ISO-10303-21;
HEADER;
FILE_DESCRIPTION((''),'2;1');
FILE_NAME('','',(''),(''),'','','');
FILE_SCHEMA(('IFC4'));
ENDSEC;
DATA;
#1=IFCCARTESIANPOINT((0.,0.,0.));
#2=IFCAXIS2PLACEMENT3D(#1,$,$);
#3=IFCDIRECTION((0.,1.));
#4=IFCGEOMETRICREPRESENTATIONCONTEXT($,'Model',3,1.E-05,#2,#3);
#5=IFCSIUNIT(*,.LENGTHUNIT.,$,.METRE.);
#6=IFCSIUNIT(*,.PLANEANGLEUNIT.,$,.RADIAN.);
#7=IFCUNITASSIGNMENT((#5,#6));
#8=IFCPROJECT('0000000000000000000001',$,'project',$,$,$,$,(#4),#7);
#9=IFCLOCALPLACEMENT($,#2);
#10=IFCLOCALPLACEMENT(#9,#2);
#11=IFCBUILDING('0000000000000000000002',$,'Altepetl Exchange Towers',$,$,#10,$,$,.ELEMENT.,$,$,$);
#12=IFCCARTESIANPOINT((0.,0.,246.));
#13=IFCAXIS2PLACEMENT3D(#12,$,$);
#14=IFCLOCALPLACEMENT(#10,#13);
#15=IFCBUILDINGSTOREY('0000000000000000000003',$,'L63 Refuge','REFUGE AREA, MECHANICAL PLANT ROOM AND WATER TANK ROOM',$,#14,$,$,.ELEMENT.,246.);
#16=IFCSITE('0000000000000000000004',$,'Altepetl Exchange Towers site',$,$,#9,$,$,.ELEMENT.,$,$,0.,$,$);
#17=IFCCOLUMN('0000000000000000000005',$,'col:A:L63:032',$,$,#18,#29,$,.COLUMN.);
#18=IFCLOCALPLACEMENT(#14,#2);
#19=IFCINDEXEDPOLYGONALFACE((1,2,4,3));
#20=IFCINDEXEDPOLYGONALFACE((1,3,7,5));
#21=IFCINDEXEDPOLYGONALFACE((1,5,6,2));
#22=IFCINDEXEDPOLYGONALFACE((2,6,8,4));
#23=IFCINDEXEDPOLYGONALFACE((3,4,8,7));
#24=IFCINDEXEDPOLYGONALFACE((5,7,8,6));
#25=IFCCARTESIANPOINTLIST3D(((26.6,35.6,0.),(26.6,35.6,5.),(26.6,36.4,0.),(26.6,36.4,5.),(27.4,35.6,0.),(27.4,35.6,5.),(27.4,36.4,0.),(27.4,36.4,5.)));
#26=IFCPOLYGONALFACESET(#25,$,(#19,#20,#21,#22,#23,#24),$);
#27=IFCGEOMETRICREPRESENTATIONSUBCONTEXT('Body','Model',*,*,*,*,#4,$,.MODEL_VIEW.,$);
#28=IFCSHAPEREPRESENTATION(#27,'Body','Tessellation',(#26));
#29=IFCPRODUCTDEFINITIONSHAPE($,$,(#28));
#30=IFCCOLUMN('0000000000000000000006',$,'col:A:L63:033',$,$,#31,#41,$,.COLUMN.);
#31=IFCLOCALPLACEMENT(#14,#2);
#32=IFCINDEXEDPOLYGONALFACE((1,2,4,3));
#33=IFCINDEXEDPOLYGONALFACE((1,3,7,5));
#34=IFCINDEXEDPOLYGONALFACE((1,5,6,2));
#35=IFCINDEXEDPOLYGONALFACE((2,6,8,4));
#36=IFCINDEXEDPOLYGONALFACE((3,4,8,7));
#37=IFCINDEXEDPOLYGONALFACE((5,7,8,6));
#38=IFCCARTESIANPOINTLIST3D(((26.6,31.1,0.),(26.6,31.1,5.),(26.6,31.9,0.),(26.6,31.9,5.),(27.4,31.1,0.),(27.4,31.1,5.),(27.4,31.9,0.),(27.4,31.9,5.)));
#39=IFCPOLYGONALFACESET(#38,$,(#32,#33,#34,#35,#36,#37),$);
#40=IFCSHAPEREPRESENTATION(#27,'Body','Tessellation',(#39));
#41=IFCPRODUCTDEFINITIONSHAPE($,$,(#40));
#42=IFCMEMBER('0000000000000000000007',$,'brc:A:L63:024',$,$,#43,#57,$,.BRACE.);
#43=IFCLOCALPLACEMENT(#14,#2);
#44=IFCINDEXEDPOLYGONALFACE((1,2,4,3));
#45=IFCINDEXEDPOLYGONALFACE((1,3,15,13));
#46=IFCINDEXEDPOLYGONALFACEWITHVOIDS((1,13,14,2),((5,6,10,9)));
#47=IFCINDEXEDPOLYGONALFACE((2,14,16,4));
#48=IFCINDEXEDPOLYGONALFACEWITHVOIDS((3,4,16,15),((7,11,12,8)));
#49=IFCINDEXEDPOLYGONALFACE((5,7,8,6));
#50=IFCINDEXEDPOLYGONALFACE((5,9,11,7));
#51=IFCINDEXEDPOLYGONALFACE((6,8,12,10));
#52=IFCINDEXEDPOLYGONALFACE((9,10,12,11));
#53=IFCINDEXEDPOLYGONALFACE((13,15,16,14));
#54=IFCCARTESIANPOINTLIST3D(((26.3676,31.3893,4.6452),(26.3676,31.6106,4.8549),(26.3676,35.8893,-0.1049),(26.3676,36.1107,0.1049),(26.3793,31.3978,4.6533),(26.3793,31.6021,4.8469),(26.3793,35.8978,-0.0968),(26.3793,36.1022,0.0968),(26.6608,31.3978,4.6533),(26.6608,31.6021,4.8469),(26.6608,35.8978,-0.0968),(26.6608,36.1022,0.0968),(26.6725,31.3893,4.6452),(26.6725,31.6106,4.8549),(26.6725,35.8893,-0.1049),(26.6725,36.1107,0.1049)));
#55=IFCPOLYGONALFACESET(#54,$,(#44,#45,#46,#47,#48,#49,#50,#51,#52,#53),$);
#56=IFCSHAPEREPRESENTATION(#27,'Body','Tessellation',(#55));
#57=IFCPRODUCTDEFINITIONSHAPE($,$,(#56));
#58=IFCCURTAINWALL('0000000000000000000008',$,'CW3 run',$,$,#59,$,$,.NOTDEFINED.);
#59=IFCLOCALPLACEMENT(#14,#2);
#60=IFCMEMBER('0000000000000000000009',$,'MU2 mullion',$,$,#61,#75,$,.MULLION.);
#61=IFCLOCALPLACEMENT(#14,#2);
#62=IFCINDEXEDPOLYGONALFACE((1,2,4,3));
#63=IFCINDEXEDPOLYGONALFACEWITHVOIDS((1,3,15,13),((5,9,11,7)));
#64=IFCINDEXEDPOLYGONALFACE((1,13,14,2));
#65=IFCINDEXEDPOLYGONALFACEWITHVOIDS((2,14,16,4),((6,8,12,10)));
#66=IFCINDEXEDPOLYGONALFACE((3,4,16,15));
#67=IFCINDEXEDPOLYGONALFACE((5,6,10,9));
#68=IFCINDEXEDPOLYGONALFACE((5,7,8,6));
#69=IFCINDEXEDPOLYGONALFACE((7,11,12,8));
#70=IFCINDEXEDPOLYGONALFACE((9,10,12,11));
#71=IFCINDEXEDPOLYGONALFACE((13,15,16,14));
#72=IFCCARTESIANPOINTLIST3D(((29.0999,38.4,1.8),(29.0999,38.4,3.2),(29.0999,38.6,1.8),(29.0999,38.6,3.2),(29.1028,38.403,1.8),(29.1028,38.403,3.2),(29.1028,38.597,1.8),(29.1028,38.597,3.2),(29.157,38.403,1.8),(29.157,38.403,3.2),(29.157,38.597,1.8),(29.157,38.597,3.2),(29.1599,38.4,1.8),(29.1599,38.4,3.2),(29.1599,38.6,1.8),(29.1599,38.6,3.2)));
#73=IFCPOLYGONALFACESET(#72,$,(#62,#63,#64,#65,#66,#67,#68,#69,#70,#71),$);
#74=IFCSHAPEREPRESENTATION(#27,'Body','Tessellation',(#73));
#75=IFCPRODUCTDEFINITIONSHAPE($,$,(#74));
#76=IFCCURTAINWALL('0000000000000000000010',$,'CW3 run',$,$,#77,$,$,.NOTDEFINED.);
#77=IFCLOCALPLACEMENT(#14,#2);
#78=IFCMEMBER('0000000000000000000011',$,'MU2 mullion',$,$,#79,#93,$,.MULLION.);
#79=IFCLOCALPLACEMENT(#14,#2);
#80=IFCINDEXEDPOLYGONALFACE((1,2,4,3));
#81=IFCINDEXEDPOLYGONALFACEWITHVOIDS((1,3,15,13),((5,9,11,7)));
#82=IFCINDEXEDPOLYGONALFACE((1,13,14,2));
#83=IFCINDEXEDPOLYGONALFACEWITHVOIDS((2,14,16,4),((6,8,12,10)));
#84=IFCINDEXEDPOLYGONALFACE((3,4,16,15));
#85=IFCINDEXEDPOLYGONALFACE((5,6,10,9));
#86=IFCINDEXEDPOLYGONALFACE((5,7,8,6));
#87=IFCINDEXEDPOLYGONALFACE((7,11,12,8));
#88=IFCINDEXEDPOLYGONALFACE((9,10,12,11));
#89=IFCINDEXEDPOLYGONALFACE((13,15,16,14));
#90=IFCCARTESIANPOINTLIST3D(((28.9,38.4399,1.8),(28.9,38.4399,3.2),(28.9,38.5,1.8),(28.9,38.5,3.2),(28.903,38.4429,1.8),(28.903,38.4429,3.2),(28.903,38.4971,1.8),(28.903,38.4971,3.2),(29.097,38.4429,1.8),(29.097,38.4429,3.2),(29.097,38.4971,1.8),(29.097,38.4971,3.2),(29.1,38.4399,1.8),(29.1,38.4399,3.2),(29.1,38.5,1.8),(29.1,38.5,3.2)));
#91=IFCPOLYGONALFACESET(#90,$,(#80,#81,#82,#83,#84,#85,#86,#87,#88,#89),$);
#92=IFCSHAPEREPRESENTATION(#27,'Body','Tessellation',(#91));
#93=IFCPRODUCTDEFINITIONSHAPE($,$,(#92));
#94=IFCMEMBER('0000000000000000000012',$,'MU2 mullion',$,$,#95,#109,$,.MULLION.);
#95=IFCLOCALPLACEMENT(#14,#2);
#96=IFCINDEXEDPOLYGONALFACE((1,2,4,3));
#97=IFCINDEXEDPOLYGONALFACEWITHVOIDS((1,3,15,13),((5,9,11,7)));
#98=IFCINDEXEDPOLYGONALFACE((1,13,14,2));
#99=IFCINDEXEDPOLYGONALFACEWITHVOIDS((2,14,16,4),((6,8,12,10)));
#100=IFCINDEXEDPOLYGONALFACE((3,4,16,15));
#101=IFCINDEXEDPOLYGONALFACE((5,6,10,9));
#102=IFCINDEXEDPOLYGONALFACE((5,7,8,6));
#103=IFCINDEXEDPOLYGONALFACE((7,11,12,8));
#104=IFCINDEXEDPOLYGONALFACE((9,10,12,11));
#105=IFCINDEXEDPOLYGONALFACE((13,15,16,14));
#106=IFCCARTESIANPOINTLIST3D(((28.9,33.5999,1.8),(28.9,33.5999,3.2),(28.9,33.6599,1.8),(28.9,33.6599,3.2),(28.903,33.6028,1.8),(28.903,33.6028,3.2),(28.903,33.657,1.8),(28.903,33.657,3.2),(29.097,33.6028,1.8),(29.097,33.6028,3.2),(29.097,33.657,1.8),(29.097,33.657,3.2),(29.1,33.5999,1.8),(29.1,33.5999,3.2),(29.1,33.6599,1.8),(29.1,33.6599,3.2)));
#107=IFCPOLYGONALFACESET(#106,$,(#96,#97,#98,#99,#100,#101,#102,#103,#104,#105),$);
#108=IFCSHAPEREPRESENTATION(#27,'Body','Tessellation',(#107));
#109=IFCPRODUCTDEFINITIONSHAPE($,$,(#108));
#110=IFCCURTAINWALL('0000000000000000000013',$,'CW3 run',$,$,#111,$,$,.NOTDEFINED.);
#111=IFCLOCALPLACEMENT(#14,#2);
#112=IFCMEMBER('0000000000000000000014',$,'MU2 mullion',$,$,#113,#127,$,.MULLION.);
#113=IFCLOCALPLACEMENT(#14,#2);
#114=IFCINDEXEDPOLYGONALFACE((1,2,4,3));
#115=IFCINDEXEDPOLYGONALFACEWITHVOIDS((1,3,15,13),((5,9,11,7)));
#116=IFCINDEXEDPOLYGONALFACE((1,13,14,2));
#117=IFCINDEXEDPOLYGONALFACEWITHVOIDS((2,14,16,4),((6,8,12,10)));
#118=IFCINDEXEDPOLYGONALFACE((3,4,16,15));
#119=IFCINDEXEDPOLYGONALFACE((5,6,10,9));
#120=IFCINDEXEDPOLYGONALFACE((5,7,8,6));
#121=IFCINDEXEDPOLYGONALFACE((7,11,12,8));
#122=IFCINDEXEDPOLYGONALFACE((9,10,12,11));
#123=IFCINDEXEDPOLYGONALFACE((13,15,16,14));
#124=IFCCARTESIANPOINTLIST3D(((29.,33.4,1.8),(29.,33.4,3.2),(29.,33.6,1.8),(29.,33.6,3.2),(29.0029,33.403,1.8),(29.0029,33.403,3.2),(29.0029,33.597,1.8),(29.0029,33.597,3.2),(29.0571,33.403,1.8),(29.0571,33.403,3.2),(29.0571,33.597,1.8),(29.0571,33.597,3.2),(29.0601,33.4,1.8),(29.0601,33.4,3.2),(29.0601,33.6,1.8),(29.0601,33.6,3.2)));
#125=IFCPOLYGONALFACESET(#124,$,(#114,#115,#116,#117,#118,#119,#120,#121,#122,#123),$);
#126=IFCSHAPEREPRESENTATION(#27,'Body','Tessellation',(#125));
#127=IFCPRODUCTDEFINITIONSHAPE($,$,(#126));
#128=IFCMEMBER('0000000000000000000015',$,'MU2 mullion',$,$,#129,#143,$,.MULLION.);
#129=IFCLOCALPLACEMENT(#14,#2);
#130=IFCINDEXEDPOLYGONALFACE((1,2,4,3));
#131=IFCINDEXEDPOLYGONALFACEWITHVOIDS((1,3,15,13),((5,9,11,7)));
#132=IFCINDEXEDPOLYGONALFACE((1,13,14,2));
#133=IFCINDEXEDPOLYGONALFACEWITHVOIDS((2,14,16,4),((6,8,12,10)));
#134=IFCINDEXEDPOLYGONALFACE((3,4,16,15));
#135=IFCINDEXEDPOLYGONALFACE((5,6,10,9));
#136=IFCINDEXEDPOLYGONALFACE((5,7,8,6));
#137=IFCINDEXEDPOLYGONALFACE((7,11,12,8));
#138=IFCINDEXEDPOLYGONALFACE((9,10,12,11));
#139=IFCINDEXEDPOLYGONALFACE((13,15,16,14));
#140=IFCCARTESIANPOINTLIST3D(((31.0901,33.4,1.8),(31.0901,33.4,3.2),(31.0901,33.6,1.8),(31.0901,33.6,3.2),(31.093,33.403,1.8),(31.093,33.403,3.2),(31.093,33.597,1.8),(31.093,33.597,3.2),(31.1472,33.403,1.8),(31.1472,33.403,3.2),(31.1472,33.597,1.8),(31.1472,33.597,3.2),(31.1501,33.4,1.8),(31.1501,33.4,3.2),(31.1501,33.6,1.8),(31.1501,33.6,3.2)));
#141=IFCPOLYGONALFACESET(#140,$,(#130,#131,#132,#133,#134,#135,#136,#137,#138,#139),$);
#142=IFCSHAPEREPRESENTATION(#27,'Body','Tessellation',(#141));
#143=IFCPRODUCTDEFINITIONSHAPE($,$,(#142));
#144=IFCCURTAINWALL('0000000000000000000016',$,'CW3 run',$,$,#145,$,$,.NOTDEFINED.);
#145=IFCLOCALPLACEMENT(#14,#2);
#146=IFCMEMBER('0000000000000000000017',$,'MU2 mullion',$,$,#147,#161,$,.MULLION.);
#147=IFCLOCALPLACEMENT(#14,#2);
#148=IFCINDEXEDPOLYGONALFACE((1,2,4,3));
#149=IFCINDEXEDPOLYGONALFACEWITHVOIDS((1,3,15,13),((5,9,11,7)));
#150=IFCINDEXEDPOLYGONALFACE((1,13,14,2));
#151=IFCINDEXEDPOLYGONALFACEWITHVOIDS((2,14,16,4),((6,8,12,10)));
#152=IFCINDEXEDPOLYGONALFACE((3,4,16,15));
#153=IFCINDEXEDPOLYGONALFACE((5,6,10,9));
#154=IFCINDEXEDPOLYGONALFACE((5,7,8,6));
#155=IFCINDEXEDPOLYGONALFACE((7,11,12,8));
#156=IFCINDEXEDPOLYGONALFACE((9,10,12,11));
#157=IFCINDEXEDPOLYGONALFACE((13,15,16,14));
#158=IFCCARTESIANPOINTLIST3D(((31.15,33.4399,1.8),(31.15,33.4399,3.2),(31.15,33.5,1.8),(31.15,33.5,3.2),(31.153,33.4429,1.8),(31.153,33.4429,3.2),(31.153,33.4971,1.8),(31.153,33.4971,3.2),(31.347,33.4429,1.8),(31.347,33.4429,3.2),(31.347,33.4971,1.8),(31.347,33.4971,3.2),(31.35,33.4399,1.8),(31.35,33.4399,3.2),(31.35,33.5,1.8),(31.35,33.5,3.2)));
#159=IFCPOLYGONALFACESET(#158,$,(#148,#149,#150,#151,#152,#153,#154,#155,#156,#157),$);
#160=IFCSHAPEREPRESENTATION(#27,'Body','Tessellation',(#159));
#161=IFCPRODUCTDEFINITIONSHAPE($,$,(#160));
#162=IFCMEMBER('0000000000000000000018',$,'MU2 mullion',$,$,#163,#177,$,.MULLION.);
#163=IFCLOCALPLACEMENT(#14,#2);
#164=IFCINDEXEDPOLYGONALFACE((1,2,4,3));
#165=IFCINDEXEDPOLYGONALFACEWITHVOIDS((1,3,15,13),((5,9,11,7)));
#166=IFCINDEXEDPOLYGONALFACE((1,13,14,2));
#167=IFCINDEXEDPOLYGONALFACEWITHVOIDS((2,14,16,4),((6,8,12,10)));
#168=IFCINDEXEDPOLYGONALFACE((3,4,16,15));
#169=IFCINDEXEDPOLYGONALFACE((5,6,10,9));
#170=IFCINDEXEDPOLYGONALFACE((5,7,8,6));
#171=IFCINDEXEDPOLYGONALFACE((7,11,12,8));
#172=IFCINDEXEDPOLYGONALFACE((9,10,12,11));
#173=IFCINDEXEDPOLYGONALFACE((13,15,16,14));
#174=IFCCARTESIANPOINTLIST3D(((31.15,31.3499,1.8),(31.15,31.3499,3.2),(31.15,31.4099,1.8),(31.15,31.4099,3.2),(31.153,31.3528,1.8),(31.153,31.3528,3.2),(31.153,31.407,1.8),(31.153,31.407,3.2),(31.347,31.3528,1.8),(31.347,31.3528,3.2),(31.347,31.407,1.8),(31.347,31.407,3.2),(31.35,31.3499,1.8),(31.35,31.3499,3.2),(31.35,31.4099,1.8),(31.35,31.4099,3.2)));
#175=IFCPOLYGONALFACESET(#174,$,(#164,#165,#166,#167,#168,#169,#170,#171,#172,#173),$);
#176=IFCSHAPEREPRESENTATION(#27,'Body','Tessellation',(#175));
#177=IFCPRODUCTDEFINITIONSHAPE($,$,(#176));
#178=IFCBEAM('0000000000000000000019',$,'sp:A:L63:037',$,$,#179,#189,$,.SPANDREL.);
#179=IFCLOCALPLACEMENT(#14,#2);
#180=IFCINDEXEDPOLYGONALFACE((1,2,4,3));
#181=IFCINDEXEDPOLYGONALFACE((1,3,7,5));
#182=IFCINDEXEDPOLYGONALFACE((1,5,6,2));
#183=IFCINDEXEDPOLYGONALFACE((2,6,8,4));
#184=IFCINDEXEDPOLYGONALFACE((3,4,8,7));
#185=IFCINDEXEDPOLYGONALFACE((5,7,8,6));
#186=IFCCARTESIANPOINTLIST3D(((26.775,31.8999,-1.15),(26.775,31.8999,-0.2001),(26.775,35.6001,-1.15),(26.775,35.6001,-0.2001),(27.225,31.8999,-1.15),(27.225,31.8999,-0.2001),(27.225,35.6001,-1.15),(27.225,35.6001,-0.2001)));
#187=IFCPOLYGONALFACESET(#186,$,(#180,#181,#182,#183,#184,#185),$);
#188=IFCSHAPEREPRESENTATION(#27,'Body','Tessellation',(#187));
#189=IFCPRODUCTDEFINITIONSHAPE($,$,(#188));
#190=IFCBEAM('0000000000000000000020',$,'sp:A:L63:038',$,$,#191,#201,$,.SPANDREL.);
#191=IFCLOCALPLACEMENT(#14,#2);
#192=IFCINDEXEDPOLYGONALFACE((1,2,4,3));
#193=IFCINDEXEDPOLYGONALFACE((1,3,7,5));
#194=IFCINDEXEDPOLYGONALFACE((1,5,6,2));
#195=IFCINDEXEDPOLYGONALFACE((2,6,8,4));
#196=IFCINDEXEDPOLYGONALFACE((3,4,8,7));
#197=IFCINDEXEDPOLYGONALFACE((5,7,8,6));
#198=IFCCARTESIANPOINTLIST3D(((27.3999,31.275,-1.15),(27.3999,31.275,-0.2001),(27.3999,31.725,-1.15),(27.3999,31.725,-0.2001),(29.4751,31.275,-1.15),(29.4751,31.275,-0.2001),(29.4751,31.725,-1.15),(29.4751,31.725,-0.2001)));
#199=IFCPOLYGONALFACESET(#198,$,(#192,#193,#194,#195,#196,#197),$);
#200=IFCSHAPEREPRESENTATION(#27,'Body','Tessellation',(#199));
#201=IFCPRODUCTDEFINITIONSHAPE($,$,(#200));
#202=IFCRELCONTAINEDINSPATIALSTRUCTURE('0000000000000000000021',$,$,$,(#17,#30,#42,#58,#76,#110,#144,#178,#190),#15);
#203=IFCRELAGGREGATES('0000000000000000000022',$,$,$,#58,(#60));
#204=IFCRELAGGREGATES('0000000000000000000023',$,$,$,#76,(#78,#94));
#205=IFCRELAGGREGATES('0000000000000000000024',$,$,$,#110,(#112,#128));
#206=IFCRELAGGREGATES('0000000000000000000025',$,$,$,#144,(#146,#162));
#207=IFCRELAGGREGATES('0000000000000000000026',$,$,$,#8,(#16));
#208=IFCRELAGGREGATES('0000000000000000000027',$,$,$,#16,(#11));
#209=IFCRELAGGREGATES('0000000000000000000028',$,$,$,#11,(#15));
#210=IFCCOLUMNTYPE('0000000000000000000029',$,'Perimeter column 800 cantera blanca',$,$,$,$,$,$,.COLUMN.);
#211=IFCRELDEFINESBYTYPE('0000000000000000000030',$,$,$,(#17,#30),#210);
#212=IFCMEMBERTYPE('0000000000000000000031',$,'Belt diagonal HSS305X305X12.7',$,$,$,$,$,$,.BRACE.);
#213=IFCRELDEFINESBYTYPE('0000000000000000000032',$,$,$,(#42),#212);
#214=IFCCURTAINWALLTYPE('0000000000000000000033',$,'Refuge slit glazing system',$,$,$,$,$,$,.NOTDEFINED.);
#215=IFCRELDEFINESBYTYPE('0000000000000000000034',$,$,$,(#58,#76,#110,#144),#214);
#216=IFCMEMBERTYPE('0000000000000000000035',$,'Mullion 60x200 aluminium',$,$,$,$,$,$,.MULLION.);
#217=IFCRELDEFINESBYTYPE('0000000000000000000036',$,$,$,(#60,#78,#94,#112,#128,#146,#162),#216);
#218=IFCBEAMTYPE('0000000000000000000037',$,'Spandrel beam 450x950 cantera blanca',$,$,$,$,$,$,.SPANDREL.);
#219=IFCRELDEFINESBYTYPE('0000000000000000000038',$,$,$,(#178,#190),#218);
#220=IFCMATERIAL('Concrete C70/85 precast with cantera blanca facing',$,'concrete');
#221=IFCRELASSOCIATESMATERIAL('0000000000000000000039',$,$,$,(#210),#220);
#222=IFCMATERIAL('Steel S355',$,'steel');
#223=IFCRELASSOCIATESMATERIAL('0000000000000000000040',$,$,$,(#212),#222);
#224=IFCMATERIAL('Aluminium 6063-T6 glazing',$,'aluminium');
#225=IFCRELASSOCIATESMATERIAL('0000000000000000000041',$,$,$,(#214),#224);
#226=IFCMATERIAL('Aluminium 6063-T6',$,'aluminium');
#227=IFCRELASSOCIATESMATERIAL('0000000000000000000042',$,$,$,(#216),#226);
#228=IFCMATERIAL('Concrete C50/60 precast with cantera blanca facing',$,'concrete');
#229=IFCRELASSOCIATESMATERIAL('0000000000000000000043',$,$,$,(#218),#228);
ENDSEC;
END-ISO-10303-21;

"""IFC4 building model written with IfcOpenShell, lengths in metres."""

from ifc_helpers import new_model, si_unit, direction, frame, origin, origin_2d, place, context, subcontext, project, spatial, rectangle, hollow_rectangle, extrude, material, material_profile, profile_set, type_object, element, aggregate, save


model = new_model("IFC4")

# Units and contexts
model_context = context("Model", 3, precision=1e-05, world=origin(), true_north=direction((0.0, 1.0)))
body_context = subcontext(model_context, "Body", "Model", "MODEL_VIEW")
ifc_project = project(units=[si_unit("LENGTHUNIT", "METRE"), si_unit("PLANEANGLEUNIT", "RADIAN")], contexts=[model_context])

# Site, building, storey
site_placement = place(None, origin())
site = spatial("IfcSite", under=ifc_project, at=site_placement, Name="Altepetl Exchange Towers site", CompositionType="ELEMENT", RefElevation=0.0)
building_placement = place(site_placement, origin())
building = spatial("IfcBuilding", under=site, at=building_placement, Name="Altepetl Exchange Towers", CompositionType="ELEMENT")
storey_placement = place(building_placement, frame((0.0, 0.0, 246.0)))
storey = spatial("IfcBuildingStorey", under=building, at=storey_placement, Name="L63 Refuge", Description="REFUGE AREA, MECHANICAL PLANT ROOM AND WATER TANK ROOM", CompositionType="ELEMENT", Elevation=246.0)

# Columns
ifc_material_1 = material(Name="Concrete C70/85 precast with cantera blanca facing", Category="concrete")
ifc_material_profile_1 = material_profile(ifc_material_1, rectangle(XDim=0.8, YDim=0.8, at=origin_2d()), Name="800 x 800")
ifc_profile_set_1 = profile_set([ifc_material_profile_1], Name="Concrete C70/85 precast with cantera blanca facing")
column_type = type_object("IfcColumnType", Name="Perimeter column 800 cantera blanca", PredefinedType="COLUMN", material=ifc_profile_set_1)
for number, where, name in (
    (1, (27.0, 36.0, 0.0), "col:A:L63:032"),
    (2, (27.0, 31.5, 0.0), "col:A:L63:033"),
):
    element("IfcColumn", number, at=place(storey_placement, frame(where)), inside=storey, type_object=column_type, Name=name, PredefinedType="COLUMN", context=body_context, shape_type="SweptSolid", body=[
        extrude(rectangle(XDim=0.8, YDim=0.8, at=origin_2d()), origin(), (0.0, 0.0, 1.0), 5.0),
    ])

# Member
ifc_material_2 = material(Name="Steel S355", Category="steel")
ifc_material_profile_2 = material_profile(ifc_material_2, hollow_rectangle(XDim=0.3049, YDim=0.3049, WallThickness=0.0117, at=origin_2d()), Name="HSS305X305X12.7")
ifc_profile_set_2 = profile_set([ifc_material_profile_2], Name="Steel S355")
member_type_1 = type_object("IfcMemberType", Name="Belt diagonal HSS305X305X12.7", PredefinedType="BRACE", material=ifc_profile_set_2)
member_1_placement = place(storey_placement, frame((26.52, 36.0, 0.0), z_axis=(0.0, -0.687745, 0.725953), x_axis=(1.0, 0.0, 0.0)))
element("IfcMember", 3, at=member_1_placement, inside=storey, type_object=member_type_1, Name="brc:A:L63:024", PredefinedType="BRACE", context=body_context, shape_type="SweptSolid", body=[
    extrude(hollow_rectangle(XDim=0.3049, YDim=0.3049, WallThickness=0.0117, at=origin_2d()), origin(), (0.0, 0.0, 1.0), 6.5432),
])

# Curtain wall, member
ifc_material_3 = material(Name="Aluminium 6063-T6 glazing", Category="aluminium")
curtain_wall_type = type_object("IfcCurtainWallType", Name="Refuge slit glazing system", PredefinedType="NOTDEFINED", material=ifc_material_3)
curtain_wall_1_placement = place(storey_placement, origin())
curtain_wall_1 = element("IfcCurtainWall", 4, at=curtain_wall_1_placement, inside=storey, type_object=curtain_wall_type, Name="CW3 run", PredefinedType="NOTDEFINED")
ifc_material_4 = material(Name="Aluminium 6063-T6", Category="aluminium")
ifc_material_profile_3 = material_profile(ifc_material_4, hollow_rectangle(XDim=0.0601, YDim=0.2, WallThickness=0.0029, at=origin_2d()), Name="Mullion 60x200 aluminium")
ifc_profile_set_3 = profile_set([ifc_material_profile_3], Name="Aluminium 6063-T6")
member_type_2 = type_object("IfcMemberType", Name="Mullion 60x200 aluminium", PredefinedType="MULLION", material=ifc_profile_set_3)
member_2_placement = place(storey_placement, frame((29.1299, 38.5, 1.8), z_axis=(0.0, 0.0, 1.0), x_axis=(-1.0, 0.0, 0.0)))
member_2 = element("IfcMember", 5, at=member_2_placement, type_object=member_type_2, Name="MU2 mullion", PredefinedType="MULLION", context=body_context, shape_type="SweptSolid", body=[
    extrude(hollow_rectangle(XDim=0.0601, YDim=0.2, WallThickness=0.0029, at=origin_2d()), origin(), (0.0, 0.0, 1.0), 1.3999),
])

# Curtain walls, members
curtain_wall_2_placement = place(storey_placement, origin())
curtain_wall_2 = element("IfcCurtainWall", 6, at=curtain_wall_2_placement, inside=storey, type_object=curtain_wall_type, Name="CW3 run", PredefinedType="NOTDEFINED")
member_3_placement = place(storey_placement, frame((29.0, 38.47, 1.8), z_axis=(0.0, 0.0, 1.0), x_axis=(0.0, -1.0, 0.0)))
member_3 = element("IfcMember", 7, at=member_3_placement, type_object=member_type_2, Name="MU2 mullion", PredefinedType="MULLION", context=body_context, shape_type="SweptSolid", body=[
    extrude(hollow_rectangle(XDim=0.0601, YDim=0.2, WallThickness=0.0029, at=origin_2d()), origin(), (0.0, 0.0, 1.0), 1.3999),
])
member_4_placement = place(storey_placement, frame((29.0, 33.6299, 1.8), z_axis=(0.0, 0.0, 1.0), x_axis=(0.0, -1.0, 0.0)))
member_4 = element("IfcMember", 8, at=member_4_placement, type_object=member_type_2, Name="MU2 mullion", PredefinedType="MULLION", context=body_context, shape_type="SweptSolid", body=[
    extrude(hollow_rectangle(XDim=0.0601, YDim=0.2, WallThickness=0.0029, at=origin_2d()), origin(), (0.0, 0.0, 1.0), 1.3999),
])
curtain_wall_3_placement = place(storey_placement, origin())
curtain_wall_3 = element("IfcCurtainWall", 9, at=curtain_wall_3_placement, inside=storey, type_object=curtain_wall_type, Name="CW3 run", PredefinedType="NOTDEFINED")
member_5_placement = place(storey_placement, frame((29.03, 33.5, 1.8)))
member_5 = element("IfcMember", 10, at=member_5_placement, type_object=member_type_2, Name="MU2 mullion", PredefinedType="MULLION", context=body_context, shape_type="SweptSolid", body=[
    extrude(hollow_rectangle(XDim=0.0601, YDim=0.2, WallThickness=0.0029, at=origin_2d()), origin(), (0.0, 0.0, 1.0), 1.3999),
])
member_6_placement = place(storey_placement, frame((31.1201, 33.5, 1.8)))
member_6 = element("IfcMember", 11, at=member_6_placement, type_object=member_type_2, Name="MU2 mullion", PredefinedType="MULLION", context=body_context, shape_type="SweptSolid", body=[
    extrude(hollow_rectangle(XDim=0.0601, YDim=0.2, WallThickness=0.0029, at=origin_2d()), origin(), (0.0, 0.0, 1.0), 1.3999),
])
curtain_wall_4_placement = place(storey_placement, origin())
curtain_wall_4 = element("IfcCurtainWall", 12, at=curtain_wall_4_placement, inside=storey, type_object=curtain_wall_type, Name="CW3 run", PredefinedType="NOTDEFINED")
member_7_placement = place(storey_placement, frame((31.25, 33.47, 1.8), z_axis=(0.0, 0.0, 1.0), x_axis=(0.0, -1.0, 0.0)))
member_7 = element("IfcMember", 13, at=member_7_placement, type_object=member_type_2, Name="MU2 mullion", PredefinedType="MULLION", context=body_context, shape_type="SweptSolid", body=[
    extrude(hollow_rectangle(XDim=0.0601, YDim=0.2, WallThickness=0.0029, at=origin_2d()), origin(), (0.0, 0.0, 1.0), 1.3999),
])
member_8_placement = place(storey_placement, frame((31.25, 31.3799, 1.8), z_axis=(0.0, 0.0, 1.0), x_axis=(0.0, -1.0, 0.0)))
member_8 = element("IfcMember", 14, at=member_8_placement, type_object=member_type_2, Name="MU2 mullion", PredefinedType="MULLION", context=body_context, shape_type="SweptSolid", body=[
    extrude(hollow_rectangle(XDim=0.0601, YDim=0.2, WallThickness=0.0029, at=origin_2d()), origin(), (0.0, 0.0, 1.0), 1.3999),
])

# Beams
ifc_material_5 = material(Name="Concrete C50/60 precast with cantera blanca facing", Category="concrete")
ifc_material_profile_4 = material_profile(ifc_material_5, rectangle(XDim=0.45, YDim=0.95, at=origin_2d()), Name="450 x 950")
ifc_profile_set_4 = profile_set([ifc_material_profile_4], Name="Concrete C50/60 precast with cantera blanca facing")
beam_type = type_object("IfcBeamType", Name="Spandrel beam 450x950 cantera blanca", PredefinedType="SPANDREL", material=ifc_profile_set_4)
beam_1_placement = place(storey_placement, frame((27.0, 35.6001, -0.675), z_axis=(0.0, -1.0, 0.0), x_axis=(1.0, 0.0, 0.0)))
element("IfcBeam", 15, at=beam_1_placement, inside=storey, type_object=beam_type, Name="sp:A:L63:037", PredefinedType="SPANDREL", context=body_context, shape_type="SweptSolid", body=[
    extrude(rectangle(XDim=0.45, YDim=0.95, at=origin_2d()), origin(), (0.0, 0.0, 1.0), 3.7002),
])
beam_2_placement = place(storey_placement, frame((27.3999, 31.5, -0.675), z_axis=(1.0, 0.0, 0.0), x_axis=(0.0, 1.0, 0.0)))
element("IfcBeam", 16, at=beam_2_placement, inside=storey, type_object=beam_type, Name="sp:A:L63:038", PredefinedType="SPANDREL", context=body_context, shape_type="SweptSolid", body=[
    extrude(rectangle(XDim=0.45, YDim=0.95, at=origin_2d()), origin(), (0.0, 0.0, 1.0), 2.0752),
])

aggregate(curtain_wall_1, [member_2])
aggregate(curtain_wall_2, [member_3, member_4])
aggregate(curtain_wall_3, [member_5, member_6])
aggregate(curtain_wall_4, [member_7, member_8])

save(model, "model.ifc")
